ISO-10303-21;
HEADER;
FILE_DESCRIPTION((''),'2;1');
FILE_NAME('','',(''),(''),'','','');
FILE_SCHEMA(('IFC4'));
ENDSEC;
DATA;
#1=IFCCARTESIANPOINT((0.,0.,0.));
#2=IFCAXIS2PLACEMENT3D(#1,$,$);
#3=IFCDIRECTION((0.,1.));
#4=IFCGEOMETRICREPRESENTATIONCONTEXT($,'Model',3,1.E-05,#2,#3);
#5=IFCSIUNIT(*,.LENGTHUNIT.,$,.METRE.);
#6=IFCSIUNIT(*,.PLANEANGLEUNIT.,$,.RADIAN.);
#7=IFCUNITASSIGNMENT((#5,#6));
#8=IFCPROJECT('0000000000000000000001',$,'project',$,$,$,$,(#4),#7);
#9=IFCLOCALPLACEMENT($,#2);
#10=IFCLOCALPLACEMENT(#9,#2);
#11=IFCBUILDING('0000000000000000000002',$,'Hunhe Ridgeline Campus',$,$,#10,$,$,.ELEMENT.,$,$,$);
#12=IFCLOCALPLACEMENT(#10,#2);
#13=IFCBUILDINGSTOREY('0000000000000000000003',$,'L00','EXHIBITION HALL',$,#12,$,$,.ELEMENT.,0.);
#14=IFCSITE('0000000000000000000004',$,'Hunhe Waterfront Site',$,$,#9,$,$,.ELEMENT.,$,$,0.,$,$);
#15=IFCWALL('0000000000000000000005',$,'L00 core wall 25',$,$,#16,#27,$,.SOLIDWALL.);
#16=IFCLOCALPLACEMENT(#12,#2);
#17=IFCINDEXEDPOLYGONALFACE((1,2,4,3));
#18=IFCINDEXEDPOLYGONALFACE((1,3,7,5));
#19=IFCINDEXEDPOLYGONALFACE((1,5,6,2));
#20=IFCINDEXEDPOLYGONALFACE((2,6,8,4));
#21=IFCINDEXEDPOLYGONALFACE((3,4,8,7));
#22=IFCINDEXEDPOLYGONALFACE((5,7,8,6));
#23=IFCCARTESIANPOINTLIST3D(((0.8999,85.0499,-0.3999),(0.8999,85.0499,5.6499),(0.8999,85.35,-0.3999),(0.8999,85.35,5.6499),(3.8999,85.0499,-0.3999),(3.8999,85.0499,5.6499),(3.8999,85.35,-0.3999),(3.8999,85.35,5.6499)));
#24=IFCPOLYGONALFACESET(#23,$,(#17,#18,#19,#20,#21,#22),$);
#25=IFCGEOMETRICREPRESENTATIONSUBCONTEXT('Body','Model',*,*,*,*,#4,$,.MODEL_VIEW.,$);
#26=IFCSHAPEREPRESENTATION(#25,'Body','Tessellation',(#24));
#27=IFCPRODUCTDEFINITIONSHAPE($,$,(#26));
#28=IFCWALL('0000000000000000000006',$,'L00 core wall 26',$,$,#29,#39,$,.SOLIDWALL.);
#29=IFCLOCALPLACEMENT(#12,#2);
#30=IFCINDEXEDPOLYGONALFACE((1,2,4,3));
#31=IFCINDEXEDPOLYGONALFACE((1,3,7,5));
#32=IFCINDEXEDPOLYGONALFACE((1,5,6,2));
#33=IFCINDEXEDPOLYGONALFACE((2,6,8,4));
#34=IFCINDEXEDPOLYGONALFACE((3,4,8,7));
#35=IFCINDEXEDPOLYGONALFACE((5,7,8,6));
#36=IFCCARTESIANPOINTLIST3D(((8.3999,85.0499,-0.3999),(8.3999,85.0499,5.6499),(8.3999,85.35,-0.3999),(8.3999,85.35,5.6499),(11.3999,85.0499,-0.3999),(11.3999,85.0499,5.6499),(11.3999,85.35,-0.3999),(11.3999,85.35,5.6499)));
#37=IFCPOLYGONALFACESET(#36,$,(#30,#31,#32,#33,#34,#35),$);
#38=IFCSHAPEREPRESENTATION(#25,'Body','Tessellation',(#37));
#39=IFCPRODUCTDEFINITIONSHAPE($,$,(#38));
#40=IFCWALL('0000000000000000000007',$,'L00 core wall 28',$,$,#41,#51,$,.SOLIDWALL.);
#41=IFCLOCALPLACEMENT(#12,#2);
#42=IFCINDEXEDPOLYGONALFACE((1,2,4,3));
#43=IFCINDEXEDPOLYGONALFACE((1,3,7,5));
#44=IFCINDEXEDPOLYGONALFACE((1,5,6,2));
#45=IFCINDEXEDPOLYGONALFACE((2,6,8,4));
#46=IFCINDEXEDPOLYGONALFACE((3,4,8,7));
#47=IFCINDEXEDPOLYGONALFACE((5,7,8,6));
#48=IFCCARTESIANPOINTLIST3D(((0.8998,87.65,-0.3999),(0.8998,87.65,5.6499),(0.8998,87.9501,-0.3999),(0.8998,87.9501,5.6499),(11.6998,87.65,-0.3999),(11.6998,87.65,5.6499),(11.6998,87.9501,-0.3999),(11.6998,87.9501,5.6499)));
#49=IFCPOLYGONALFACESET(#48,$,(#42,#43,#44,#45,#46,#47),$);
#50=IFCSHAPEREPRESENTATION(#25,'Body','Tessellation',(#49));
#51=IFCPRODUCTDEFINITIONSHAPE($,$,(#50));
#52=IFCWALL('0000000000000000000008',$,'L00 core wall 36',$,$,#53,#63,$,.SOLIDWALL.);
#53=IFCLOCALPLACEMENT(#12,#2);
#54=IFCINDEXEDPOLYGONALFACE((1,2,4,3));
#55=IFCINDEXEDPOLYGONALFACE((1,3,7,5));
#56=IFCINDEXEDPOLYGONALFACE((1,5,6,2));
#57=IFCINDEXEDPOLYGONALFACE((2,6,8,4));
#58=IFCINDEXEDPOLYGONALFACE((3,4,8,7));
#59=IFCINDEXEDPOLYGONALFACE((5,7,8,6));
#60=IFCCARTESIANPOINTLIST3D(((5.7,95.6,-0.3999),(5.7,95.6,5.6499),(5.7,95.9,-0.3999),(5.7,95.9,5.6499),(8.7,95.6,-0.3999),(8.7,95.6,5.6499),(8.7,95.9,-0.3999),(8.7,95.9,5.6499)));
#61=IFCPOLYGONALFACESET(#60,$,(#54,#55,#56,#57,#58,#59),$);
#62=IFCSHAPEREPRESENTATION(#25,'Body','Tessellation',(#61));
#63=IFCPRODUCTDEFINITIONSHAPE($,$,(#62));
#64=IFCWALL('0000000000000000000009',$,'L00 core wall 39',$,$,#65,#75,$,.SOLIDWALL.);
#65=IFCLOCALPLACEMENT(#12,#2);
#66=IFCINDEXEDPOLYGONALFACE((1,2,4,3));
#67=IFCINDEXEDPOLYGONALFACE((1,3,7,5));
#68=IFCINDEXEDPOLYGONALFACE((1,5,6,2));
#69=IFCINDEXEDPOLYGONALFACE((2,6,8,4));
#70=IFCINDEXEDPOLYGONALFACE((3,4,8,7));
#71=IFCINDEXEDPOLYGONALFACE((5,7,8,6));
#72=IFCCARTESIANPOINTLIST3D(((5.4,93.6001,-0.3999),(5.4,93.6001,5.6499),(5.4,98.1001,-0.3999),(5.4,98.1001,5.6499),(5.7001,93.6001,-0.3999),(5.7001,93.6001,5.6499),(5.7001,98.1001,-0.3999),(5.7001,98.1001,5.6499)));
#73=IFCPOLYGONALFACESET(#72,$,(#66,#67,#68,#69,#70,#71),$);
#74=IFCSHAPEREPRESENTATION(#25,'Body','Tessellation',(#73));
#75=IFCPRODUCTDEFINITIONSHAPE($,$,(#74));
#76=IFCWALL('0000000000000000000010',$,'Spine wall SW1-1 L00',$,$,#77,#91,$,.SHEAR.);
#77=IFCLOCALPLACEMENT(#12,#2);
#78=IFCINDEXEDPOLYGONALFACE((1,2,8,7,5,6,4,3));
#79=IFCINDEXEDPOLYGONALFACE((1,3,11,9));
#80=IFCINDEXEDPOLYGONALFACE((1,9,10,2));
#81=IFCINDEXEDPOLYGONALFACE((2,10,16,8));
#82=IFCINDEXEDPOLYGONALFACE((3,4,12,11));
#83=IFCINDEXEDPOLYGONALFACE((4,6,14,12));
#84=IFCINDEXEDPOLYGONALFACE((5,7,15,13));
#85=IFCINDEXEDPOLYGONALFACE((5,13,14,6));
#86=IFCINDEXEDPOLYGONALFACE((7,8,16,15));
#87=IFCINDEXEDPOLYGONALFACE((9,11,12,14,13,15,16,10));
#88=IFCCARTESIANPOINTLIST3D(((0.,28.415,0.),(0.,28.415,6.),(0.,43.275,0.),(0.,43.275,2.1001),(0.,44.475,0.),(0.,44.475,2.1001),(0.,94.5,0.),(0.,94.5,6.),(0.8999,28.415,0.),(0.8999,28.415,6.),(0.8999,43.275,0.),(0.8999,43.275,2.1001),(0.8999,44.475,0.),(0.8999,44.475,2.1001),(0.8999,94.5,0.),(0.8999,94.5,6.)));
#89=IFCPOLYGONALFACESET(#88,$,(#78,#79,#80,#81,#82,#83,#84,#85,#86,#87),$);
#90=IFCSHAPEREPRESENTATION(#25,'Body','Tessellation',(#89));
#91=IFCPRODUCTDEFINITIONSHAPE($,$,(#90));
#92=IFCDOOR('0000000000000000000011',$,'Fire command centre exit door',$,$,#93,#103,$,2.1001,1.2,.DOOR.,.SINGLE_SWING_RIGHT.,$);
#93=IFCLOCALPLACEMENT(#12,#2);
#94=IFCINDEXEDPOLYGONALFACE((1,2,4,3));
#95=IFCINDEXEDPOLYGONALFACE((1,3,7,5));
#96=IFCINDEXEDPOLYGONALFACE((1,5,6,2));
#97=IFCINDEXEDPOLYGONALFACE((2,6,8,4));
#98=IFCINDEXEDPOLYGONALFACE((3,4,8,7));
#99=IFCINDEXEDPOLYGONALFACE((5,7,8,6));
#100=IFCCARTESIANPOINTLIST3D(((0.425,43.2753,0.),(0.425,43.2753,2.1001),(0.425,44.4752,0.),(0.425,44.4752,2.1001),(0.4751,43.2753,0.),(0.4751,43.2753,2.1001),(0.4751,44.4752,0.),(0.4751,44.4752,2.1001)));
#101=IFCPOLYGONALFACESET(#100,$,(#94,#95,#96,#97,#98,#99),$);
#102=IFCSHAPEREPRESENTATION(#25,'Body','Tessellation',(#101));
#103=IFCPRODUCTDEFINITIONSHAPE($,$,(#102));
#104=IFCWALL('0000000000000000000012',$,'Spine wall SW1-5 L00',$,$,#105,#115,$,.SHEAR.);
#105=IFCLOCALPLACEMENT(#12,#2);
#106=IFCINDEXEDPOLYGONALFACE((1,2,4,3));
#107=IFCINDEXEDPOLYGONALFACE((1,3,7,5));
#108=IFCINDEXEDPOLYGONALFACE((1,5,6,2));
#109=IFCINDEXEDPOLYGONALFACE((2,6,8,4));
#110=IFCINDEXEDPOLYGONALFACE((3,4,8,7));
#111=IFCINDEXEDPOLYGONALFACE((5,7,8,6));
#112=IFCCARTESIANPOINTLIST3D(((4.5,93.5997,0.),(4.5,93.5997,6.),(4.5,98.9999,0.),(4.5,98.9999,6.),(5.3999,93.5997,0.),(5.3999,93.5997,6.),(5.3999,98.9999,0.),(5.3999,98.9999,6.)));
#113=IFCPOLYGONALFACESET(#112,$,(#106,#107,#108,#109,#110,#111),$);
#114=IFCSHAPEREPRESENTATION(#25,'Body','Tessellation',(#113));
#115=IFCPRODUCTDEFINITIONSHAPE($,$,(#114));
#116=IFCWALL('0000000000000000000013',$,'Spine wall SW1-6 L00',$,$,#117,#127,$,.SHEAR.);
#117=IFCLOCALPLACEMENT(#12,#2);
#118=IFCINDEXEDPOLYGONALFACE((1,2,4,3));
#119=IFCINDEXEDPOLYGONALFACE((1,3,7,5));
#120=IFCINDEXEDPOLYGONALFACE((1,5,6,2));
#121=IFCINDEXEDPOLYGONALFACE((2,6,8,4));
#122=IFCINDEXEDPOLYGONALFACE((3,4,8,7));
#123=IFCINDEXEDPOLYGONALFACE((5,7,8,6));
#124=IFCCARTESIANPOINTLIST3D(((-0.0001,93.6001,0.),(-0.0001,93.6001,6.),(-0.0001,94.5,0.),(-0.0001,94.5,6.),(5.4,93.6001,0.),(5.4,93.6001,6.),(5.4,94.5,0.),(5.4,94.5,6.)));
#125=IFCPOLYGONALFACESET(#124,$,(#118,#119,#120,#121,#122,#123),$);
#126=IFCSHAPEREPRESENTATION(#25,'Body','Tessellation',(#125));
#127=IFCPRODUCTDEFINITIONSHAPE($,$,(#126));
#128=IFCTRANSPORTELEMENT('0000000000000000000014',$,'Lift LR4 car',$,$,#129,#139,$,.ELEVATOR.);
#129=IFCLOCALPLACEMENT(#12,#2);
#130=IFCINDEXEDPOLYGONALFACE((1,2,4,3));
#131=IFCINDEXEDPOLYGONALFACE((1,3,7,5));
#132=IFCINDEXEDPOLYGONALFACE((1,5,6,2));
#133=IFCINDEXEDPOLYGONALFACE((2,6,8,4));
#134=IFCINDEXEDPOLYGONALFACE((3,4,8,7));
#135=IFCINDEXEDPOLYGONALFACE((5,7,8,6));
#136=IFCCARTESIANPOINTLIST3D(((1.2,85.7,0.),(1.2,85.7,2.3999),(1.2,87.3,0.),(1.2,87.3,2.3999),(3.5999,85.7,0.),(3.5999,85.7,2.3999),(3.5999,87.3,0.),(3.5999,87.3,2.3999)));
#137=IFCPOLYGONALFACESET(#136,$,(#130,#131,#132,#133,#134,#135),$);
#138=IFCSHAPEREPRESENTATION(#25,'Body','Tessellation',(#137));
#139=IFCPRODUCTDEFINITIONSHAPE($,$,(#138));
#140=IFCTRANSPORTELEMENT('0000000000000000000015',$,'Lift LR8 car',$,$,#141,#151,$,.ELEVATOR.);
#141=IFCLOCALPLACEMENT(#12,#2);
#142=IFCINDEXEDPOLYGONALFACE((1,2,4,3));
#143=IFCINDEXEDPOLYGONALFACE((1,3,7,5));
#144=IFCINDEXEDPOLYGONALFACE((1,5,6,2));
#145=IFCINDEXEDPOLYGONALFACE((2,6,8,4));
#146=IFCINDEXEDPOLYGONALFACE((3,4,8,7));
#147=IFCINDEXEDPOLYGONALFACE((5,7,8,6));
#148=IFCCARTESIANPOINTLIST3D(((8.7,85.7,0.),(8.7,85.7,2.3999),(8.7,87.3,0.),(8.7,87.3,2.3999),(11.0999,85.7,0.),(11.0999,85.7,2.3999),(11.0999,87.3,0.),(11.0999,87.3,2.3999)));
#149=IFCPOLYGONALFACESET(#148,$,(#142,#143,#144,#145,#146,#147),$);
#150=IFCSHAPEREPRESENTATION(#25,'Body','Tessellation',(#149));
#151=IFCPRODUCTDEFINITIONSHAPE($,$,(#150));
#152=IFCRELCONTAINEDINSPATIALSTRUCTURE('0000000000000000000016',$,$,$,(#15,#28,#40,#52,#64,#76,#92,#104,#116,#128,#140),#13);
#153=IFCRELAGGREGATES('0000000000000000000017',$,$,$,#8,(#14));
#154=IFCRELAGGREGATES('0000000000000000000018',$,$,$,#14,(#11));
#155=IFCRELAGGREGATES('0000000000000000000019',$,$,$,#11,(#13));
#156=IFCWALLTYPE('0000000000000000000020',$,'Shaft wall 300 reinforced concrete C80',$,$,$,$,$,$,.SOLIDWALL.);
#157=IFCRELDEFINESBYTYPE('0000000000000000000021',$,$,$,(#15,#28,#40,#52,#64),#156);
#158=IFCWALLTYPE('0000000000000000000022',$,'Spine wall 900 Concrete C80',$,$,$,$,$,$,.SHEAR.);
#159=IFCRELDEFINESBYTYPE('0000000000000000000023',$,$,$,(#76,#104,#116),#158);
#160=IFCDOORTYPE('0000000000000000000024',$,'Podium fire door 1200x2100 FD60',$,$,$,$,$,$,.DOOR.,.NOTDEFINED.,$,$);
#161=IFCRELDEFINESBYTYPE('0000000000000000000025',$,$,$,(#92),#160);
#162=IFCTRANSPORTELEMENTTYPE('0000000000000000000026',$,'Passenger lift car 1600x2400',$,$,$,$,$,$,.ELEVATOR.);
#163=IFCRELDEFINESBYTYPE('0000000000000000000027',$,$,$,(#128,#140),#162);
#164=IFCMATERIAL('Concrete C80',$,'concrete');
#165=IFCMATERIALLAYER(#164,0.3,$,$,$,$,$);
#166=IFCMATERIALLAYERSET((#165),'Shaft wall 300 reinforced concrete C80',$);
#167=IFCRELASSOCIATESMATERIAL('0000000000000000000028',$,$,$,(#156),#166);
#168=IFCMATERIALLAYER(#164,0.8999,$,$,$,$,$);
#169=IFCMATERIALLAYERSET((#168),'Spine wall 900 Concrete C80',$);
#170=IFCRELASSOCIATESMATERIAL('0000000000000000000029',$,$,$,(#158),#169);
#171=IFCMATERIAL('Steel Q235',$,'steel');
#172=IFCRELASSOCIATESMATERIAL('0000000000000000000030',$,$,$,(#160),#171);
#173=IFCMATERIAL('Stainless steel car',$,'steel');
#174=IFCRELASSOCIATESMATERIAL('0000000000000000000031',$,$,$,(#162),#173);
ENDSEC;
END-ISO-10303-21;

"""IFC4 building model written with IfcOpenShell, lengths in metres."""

from ifc_helpers import new_model, si_unit, direction, frame, frame_2d, origin, origin_2d, place, context, subcontext, project, spatial, rectangle, extrude, material, layer, layer_set, type_object, element, fill, save


model = new_model("IFC4")

# Units and contexts
model_context = context("Model", 3, precision=1e-05, world=origin(), true_north=direction((0.0, 1.0)))
body_context = subcontext(model_context, "Body", "Model", "MODEL_VIEW")
ifc_project = project(units=[si_unit("LENGTHUNIT", "METRE"), si_unit("PLANEANGLEUNIT", "RADIAN")], contexts=[model_context])

# Site, building, storey
site_placement = place(None, origin())
site = spatial("IfcSite", under=ifc_project, at=site_placement, Name="Hunhe Waterfront Site", CompositionType="ELEMENT", RefElevation=0.0)
building_placement = place(site_placement, origin())
building = spatial("IfcBuilding", under=site, at=building_placement, Name="Hunhe Ridgeline Campus", CompositionType="ELEMENT")
storey_placement = place(building_placement, origin())
storey = spatial("IfcBuildingStorey", under=building, at=storey_placement, Name="L00", Description="EXHIBITION HALL", CompositionType="ELEMENT", Elevation=0.0)

# Shared definitions
ifc_material_1 = material(Name="Concrete C80", Category="concrete")

# Walls
ifc_layer_1 = layer(ifc_material_1, 0.3)
ifc_layer_set_1 = layer_set([ifc_layer_1], Name="Shaft wall 300 reinforced concrete C80")
wall_type_1 = type_object("IfcWallType", Name="Shaft wall 300 reinforced concrete C80", PredefinedType="SOLIDWALL", material=ifc_layer_set_1)
for number, where, z_axis, x_axis, name in (
    (1, (0.8999, 85.2, -0.3999), (0.0, 0.0, 1.0), (1.0, 0.0, 0.0), "L00 core wall 25"),
    (2, (8.3999, 85.2, -0.3999), (0.0, 0.0, 1.0), (1.0, 0.0, 0.0), "L00 core wall 26"),
):
    element("IfcWall", number, at=place(storey_placement, frame(where, z_axis=z_axis, x_axis=x_axis)), inside=storey, type_object=wall_type_1, Name=name, PredefinedType="SOLIDWALL", context=body_context, shape_type="SweptSolid", body=[
        extrude(rectangle(XDim=3.0, YDim=0.3, at=frame_2d((1.5, 0.0))), origin(), (0.0, 0.0, 1.0), 6.0498),
    ])
wall_1_placement = place(storey_placement, frame((0.8999, 87.8, -0.3999), z_axis=(0.0, 0.0, 1.0), x_axis=(1.0, 0.0, 0.0)))
element("IfcWall", 3, at=wall_1_placement, inside=storey, type_object=wall_type_1, Name="L00 core wall 28", PredefinedType="SOLIDWALL", context=body_context, shape_type="SweptSolid", body=[
    extrude(rectangle(XDim=10.8, YDim=0.3, at=frame_2d((5.3999, 0.0))), origin(), (0.0, 0.0, 1.0), 6.0498),
])

# Walls
wall_2_placement = place(storey_placement, frame((5.7, 95.75, -0.3999), z_axis=(0.0, 0.0, 1.0), x_axis=(1.0, 0.0, 0.0)))
element("IfcWall", 4, at=wall_2_placement, inside=storey, type_object=wall_type_1, Name="L00 core wall 36", PredefinedType="SOLIDWALL", context=body_context, shape_type="SweptSolid", body=[
    extrude(rectangle(XDim=3.0, YDim=0.3, at=frame_2d((1.5, 0.0))), origin(), (0.0, 0.0, 1.0), 6.0498),
])
wall_3_placement = place(storey_placement, frame((5.55, 93.6001, -0.3999), z_axis=(0.0, 0.0, 1.0), x_axis=(0.0, 1.0, 0.0)))
element("IfcWall", 5, at=wall_3_placement, inside=storey, type_object=wall_type_1, Name="L00 core wall 39", PredefinedType="SOLIDWALL", context=body_context, shape_type="SweptSolid", body=[
    extrude(rectangle(XDim=4.5, YDim=0.3, at=frame_2d((2.25, 0.0))), origin(), (0.0, 0.0, 1.0), 6.0498),
])

# Wall, opening, door
ifc_layer_2 = layer(ifc_material_1, 0.8999)
ifc_layer_set_2 = layer_set([ifc_layer_2], Name="Spine wall 900 Concrete C80")
wall_type_2 = type_object("IfcWallType", Name="Spine wall 900 Concrete C80", PredefinedType="SHEAR", material=ifc_layer_set_2)
wall_4_placement = place(storey_placement, frame((0.45, 94.5, 0.0), z_axis=(0.0, 0.0, 1.0), x_axis=(0.0, -1.0, 0.0)))
wall_4 = element("IfcWall", 6, at=wall_4_placement, inside=storey, type_object=wall_type_2, Name="Spine wall SW1-1 L00", PredefinedType="SHEAR", context=body_context, shape_type="SweptSolid", body=[
    extrude(rectangle(XDim=66.085, YDim=0.8999, at=frame_2d((33.0425, 0.0))), origin(), (0.0, 0.0, 1.0), 6.0),
])
opening_1_placement = place(wall_4_placement, frame((50.0249, 0.0, 0.0)))
opening_1 = element("IfcOpeningElement", 7, at=opening_1_placement, cuts=wall_4, PredefinedType="OPENING", context=body_context, shape_type="SweptSolid", body=[
    extrude(rectangle(XDim=1.2, YDim=2.1001, at=frame_2d((0.6001, 1.05))), frame((0.0, 0.45, 0.0), z_axis=(0.0, -1.0, 0.0), x_axis=(1.0, 0.0, 0.0)), (0.0, 0.0, 1.0), 0.8999),
])
ifc_material_2 = material(Name="Steel Q235", Category="steel")
door_type_1 = type_object("IfcDoorType", Name="Podium fire door 1200x2100 FD60", OperationType="NOTDEFINED", PredefinedType="DOOR", material=ifc_material_2)
door_1_placement = place(opening_1_placement, frame((1.2, 0.0, 0.0), z_axis=(0.0, 0.0, 1.0), x_axis=(-1.0, 0.0, 0.0)))
door_1 = element("IfcDoor", 8, at=door_1_placement, inside=storey, type_object=door_type_1, Name="Fire command centre exit door", OperationType="SINGLE_SWING_RIGHT", OverallHeight=2.1001, OverallWidth=1.2, PredefinedType="DOOR", context=body_context, shape_type="SweptSolid", body=[
    extrude(rectangle(XDim=1.2, YDim=2.1001, at=frame_2d((0.6001, 1.05))), frame((0.0, 0.0249, 0.0), z_axis=(0.0, -1.0, 0.0), x_axis=(1.0, 0.0, 0.0)), (0.0, 0.0, 1.0), 0.05),
])
fill(opening_1, door_1)

# Walls
for number, where, z_axis, x_axis, name in (
    (9, (4.95, 99.0, 0.0), (0.0, 0.0, 1.0), (0.0, -1.0, 0.0), "Spine wall SW1-5 L00"),
    (10, (5.4001, 94.05, 0.0), (0.0, 0.0, 1.0), (-1.0, 0.0, 0.0), "Spine wall SW1-6 L00"),
):
    element("IfcWall", number, at=place(storey_placement, frame(where, z_axis=z_axis, x_axis=x_axis)), inside=storey, type_object=wall_type_2, Name=name, PredefinedType="SHEAR", context=body_context, shape_type="SweptSolid", body=[
        extrude(rectangle(XDim=5.4001, YDim=0.8999, at=frame_2d((2.7002, 0.0))), origin(), (0.0, 0.0, 1.0), 6.0),
    ])

# Transport elements
ifc_material_3 = material(Name="Stainless steel car", Category="steel")
transport_element_type = type_object("IfcTransportElementType", Name="Passenger lift car 1600x2400", PredefinedType="ELEVATOR", material=ifc_material_3)
for number, where, z_axis, x_axis, name in (
    (11, (2.3999, 86.5, 0.0), (0.0, 0.0, 1.0), (1.0, 0.0, 0.0), "Lift LR4 car"),
    (12, (9.8999, 86.5, 0.0), (0.0, 0.0, 1.0), (1.0, 0.0, 0.0), "Lift LR8 car"),
):
    element("IfcTransportElement", number, at=place(storey_placement, frame(where, z_axis=z_axis, x_axis=x_axis)), inside=storey, type_object=transport_element_type, Name=name, PredefinedType="ELEVATOR", context=body_context, shape_type="SweptSolid", body=[
        extrude(rectangle(XDim=2.3999, YDim=1.6001, at=origin_2d()), origin(), (0.0, 0.0, 1.0), 2.3999),
    ])

save(model, "model.ifc")
